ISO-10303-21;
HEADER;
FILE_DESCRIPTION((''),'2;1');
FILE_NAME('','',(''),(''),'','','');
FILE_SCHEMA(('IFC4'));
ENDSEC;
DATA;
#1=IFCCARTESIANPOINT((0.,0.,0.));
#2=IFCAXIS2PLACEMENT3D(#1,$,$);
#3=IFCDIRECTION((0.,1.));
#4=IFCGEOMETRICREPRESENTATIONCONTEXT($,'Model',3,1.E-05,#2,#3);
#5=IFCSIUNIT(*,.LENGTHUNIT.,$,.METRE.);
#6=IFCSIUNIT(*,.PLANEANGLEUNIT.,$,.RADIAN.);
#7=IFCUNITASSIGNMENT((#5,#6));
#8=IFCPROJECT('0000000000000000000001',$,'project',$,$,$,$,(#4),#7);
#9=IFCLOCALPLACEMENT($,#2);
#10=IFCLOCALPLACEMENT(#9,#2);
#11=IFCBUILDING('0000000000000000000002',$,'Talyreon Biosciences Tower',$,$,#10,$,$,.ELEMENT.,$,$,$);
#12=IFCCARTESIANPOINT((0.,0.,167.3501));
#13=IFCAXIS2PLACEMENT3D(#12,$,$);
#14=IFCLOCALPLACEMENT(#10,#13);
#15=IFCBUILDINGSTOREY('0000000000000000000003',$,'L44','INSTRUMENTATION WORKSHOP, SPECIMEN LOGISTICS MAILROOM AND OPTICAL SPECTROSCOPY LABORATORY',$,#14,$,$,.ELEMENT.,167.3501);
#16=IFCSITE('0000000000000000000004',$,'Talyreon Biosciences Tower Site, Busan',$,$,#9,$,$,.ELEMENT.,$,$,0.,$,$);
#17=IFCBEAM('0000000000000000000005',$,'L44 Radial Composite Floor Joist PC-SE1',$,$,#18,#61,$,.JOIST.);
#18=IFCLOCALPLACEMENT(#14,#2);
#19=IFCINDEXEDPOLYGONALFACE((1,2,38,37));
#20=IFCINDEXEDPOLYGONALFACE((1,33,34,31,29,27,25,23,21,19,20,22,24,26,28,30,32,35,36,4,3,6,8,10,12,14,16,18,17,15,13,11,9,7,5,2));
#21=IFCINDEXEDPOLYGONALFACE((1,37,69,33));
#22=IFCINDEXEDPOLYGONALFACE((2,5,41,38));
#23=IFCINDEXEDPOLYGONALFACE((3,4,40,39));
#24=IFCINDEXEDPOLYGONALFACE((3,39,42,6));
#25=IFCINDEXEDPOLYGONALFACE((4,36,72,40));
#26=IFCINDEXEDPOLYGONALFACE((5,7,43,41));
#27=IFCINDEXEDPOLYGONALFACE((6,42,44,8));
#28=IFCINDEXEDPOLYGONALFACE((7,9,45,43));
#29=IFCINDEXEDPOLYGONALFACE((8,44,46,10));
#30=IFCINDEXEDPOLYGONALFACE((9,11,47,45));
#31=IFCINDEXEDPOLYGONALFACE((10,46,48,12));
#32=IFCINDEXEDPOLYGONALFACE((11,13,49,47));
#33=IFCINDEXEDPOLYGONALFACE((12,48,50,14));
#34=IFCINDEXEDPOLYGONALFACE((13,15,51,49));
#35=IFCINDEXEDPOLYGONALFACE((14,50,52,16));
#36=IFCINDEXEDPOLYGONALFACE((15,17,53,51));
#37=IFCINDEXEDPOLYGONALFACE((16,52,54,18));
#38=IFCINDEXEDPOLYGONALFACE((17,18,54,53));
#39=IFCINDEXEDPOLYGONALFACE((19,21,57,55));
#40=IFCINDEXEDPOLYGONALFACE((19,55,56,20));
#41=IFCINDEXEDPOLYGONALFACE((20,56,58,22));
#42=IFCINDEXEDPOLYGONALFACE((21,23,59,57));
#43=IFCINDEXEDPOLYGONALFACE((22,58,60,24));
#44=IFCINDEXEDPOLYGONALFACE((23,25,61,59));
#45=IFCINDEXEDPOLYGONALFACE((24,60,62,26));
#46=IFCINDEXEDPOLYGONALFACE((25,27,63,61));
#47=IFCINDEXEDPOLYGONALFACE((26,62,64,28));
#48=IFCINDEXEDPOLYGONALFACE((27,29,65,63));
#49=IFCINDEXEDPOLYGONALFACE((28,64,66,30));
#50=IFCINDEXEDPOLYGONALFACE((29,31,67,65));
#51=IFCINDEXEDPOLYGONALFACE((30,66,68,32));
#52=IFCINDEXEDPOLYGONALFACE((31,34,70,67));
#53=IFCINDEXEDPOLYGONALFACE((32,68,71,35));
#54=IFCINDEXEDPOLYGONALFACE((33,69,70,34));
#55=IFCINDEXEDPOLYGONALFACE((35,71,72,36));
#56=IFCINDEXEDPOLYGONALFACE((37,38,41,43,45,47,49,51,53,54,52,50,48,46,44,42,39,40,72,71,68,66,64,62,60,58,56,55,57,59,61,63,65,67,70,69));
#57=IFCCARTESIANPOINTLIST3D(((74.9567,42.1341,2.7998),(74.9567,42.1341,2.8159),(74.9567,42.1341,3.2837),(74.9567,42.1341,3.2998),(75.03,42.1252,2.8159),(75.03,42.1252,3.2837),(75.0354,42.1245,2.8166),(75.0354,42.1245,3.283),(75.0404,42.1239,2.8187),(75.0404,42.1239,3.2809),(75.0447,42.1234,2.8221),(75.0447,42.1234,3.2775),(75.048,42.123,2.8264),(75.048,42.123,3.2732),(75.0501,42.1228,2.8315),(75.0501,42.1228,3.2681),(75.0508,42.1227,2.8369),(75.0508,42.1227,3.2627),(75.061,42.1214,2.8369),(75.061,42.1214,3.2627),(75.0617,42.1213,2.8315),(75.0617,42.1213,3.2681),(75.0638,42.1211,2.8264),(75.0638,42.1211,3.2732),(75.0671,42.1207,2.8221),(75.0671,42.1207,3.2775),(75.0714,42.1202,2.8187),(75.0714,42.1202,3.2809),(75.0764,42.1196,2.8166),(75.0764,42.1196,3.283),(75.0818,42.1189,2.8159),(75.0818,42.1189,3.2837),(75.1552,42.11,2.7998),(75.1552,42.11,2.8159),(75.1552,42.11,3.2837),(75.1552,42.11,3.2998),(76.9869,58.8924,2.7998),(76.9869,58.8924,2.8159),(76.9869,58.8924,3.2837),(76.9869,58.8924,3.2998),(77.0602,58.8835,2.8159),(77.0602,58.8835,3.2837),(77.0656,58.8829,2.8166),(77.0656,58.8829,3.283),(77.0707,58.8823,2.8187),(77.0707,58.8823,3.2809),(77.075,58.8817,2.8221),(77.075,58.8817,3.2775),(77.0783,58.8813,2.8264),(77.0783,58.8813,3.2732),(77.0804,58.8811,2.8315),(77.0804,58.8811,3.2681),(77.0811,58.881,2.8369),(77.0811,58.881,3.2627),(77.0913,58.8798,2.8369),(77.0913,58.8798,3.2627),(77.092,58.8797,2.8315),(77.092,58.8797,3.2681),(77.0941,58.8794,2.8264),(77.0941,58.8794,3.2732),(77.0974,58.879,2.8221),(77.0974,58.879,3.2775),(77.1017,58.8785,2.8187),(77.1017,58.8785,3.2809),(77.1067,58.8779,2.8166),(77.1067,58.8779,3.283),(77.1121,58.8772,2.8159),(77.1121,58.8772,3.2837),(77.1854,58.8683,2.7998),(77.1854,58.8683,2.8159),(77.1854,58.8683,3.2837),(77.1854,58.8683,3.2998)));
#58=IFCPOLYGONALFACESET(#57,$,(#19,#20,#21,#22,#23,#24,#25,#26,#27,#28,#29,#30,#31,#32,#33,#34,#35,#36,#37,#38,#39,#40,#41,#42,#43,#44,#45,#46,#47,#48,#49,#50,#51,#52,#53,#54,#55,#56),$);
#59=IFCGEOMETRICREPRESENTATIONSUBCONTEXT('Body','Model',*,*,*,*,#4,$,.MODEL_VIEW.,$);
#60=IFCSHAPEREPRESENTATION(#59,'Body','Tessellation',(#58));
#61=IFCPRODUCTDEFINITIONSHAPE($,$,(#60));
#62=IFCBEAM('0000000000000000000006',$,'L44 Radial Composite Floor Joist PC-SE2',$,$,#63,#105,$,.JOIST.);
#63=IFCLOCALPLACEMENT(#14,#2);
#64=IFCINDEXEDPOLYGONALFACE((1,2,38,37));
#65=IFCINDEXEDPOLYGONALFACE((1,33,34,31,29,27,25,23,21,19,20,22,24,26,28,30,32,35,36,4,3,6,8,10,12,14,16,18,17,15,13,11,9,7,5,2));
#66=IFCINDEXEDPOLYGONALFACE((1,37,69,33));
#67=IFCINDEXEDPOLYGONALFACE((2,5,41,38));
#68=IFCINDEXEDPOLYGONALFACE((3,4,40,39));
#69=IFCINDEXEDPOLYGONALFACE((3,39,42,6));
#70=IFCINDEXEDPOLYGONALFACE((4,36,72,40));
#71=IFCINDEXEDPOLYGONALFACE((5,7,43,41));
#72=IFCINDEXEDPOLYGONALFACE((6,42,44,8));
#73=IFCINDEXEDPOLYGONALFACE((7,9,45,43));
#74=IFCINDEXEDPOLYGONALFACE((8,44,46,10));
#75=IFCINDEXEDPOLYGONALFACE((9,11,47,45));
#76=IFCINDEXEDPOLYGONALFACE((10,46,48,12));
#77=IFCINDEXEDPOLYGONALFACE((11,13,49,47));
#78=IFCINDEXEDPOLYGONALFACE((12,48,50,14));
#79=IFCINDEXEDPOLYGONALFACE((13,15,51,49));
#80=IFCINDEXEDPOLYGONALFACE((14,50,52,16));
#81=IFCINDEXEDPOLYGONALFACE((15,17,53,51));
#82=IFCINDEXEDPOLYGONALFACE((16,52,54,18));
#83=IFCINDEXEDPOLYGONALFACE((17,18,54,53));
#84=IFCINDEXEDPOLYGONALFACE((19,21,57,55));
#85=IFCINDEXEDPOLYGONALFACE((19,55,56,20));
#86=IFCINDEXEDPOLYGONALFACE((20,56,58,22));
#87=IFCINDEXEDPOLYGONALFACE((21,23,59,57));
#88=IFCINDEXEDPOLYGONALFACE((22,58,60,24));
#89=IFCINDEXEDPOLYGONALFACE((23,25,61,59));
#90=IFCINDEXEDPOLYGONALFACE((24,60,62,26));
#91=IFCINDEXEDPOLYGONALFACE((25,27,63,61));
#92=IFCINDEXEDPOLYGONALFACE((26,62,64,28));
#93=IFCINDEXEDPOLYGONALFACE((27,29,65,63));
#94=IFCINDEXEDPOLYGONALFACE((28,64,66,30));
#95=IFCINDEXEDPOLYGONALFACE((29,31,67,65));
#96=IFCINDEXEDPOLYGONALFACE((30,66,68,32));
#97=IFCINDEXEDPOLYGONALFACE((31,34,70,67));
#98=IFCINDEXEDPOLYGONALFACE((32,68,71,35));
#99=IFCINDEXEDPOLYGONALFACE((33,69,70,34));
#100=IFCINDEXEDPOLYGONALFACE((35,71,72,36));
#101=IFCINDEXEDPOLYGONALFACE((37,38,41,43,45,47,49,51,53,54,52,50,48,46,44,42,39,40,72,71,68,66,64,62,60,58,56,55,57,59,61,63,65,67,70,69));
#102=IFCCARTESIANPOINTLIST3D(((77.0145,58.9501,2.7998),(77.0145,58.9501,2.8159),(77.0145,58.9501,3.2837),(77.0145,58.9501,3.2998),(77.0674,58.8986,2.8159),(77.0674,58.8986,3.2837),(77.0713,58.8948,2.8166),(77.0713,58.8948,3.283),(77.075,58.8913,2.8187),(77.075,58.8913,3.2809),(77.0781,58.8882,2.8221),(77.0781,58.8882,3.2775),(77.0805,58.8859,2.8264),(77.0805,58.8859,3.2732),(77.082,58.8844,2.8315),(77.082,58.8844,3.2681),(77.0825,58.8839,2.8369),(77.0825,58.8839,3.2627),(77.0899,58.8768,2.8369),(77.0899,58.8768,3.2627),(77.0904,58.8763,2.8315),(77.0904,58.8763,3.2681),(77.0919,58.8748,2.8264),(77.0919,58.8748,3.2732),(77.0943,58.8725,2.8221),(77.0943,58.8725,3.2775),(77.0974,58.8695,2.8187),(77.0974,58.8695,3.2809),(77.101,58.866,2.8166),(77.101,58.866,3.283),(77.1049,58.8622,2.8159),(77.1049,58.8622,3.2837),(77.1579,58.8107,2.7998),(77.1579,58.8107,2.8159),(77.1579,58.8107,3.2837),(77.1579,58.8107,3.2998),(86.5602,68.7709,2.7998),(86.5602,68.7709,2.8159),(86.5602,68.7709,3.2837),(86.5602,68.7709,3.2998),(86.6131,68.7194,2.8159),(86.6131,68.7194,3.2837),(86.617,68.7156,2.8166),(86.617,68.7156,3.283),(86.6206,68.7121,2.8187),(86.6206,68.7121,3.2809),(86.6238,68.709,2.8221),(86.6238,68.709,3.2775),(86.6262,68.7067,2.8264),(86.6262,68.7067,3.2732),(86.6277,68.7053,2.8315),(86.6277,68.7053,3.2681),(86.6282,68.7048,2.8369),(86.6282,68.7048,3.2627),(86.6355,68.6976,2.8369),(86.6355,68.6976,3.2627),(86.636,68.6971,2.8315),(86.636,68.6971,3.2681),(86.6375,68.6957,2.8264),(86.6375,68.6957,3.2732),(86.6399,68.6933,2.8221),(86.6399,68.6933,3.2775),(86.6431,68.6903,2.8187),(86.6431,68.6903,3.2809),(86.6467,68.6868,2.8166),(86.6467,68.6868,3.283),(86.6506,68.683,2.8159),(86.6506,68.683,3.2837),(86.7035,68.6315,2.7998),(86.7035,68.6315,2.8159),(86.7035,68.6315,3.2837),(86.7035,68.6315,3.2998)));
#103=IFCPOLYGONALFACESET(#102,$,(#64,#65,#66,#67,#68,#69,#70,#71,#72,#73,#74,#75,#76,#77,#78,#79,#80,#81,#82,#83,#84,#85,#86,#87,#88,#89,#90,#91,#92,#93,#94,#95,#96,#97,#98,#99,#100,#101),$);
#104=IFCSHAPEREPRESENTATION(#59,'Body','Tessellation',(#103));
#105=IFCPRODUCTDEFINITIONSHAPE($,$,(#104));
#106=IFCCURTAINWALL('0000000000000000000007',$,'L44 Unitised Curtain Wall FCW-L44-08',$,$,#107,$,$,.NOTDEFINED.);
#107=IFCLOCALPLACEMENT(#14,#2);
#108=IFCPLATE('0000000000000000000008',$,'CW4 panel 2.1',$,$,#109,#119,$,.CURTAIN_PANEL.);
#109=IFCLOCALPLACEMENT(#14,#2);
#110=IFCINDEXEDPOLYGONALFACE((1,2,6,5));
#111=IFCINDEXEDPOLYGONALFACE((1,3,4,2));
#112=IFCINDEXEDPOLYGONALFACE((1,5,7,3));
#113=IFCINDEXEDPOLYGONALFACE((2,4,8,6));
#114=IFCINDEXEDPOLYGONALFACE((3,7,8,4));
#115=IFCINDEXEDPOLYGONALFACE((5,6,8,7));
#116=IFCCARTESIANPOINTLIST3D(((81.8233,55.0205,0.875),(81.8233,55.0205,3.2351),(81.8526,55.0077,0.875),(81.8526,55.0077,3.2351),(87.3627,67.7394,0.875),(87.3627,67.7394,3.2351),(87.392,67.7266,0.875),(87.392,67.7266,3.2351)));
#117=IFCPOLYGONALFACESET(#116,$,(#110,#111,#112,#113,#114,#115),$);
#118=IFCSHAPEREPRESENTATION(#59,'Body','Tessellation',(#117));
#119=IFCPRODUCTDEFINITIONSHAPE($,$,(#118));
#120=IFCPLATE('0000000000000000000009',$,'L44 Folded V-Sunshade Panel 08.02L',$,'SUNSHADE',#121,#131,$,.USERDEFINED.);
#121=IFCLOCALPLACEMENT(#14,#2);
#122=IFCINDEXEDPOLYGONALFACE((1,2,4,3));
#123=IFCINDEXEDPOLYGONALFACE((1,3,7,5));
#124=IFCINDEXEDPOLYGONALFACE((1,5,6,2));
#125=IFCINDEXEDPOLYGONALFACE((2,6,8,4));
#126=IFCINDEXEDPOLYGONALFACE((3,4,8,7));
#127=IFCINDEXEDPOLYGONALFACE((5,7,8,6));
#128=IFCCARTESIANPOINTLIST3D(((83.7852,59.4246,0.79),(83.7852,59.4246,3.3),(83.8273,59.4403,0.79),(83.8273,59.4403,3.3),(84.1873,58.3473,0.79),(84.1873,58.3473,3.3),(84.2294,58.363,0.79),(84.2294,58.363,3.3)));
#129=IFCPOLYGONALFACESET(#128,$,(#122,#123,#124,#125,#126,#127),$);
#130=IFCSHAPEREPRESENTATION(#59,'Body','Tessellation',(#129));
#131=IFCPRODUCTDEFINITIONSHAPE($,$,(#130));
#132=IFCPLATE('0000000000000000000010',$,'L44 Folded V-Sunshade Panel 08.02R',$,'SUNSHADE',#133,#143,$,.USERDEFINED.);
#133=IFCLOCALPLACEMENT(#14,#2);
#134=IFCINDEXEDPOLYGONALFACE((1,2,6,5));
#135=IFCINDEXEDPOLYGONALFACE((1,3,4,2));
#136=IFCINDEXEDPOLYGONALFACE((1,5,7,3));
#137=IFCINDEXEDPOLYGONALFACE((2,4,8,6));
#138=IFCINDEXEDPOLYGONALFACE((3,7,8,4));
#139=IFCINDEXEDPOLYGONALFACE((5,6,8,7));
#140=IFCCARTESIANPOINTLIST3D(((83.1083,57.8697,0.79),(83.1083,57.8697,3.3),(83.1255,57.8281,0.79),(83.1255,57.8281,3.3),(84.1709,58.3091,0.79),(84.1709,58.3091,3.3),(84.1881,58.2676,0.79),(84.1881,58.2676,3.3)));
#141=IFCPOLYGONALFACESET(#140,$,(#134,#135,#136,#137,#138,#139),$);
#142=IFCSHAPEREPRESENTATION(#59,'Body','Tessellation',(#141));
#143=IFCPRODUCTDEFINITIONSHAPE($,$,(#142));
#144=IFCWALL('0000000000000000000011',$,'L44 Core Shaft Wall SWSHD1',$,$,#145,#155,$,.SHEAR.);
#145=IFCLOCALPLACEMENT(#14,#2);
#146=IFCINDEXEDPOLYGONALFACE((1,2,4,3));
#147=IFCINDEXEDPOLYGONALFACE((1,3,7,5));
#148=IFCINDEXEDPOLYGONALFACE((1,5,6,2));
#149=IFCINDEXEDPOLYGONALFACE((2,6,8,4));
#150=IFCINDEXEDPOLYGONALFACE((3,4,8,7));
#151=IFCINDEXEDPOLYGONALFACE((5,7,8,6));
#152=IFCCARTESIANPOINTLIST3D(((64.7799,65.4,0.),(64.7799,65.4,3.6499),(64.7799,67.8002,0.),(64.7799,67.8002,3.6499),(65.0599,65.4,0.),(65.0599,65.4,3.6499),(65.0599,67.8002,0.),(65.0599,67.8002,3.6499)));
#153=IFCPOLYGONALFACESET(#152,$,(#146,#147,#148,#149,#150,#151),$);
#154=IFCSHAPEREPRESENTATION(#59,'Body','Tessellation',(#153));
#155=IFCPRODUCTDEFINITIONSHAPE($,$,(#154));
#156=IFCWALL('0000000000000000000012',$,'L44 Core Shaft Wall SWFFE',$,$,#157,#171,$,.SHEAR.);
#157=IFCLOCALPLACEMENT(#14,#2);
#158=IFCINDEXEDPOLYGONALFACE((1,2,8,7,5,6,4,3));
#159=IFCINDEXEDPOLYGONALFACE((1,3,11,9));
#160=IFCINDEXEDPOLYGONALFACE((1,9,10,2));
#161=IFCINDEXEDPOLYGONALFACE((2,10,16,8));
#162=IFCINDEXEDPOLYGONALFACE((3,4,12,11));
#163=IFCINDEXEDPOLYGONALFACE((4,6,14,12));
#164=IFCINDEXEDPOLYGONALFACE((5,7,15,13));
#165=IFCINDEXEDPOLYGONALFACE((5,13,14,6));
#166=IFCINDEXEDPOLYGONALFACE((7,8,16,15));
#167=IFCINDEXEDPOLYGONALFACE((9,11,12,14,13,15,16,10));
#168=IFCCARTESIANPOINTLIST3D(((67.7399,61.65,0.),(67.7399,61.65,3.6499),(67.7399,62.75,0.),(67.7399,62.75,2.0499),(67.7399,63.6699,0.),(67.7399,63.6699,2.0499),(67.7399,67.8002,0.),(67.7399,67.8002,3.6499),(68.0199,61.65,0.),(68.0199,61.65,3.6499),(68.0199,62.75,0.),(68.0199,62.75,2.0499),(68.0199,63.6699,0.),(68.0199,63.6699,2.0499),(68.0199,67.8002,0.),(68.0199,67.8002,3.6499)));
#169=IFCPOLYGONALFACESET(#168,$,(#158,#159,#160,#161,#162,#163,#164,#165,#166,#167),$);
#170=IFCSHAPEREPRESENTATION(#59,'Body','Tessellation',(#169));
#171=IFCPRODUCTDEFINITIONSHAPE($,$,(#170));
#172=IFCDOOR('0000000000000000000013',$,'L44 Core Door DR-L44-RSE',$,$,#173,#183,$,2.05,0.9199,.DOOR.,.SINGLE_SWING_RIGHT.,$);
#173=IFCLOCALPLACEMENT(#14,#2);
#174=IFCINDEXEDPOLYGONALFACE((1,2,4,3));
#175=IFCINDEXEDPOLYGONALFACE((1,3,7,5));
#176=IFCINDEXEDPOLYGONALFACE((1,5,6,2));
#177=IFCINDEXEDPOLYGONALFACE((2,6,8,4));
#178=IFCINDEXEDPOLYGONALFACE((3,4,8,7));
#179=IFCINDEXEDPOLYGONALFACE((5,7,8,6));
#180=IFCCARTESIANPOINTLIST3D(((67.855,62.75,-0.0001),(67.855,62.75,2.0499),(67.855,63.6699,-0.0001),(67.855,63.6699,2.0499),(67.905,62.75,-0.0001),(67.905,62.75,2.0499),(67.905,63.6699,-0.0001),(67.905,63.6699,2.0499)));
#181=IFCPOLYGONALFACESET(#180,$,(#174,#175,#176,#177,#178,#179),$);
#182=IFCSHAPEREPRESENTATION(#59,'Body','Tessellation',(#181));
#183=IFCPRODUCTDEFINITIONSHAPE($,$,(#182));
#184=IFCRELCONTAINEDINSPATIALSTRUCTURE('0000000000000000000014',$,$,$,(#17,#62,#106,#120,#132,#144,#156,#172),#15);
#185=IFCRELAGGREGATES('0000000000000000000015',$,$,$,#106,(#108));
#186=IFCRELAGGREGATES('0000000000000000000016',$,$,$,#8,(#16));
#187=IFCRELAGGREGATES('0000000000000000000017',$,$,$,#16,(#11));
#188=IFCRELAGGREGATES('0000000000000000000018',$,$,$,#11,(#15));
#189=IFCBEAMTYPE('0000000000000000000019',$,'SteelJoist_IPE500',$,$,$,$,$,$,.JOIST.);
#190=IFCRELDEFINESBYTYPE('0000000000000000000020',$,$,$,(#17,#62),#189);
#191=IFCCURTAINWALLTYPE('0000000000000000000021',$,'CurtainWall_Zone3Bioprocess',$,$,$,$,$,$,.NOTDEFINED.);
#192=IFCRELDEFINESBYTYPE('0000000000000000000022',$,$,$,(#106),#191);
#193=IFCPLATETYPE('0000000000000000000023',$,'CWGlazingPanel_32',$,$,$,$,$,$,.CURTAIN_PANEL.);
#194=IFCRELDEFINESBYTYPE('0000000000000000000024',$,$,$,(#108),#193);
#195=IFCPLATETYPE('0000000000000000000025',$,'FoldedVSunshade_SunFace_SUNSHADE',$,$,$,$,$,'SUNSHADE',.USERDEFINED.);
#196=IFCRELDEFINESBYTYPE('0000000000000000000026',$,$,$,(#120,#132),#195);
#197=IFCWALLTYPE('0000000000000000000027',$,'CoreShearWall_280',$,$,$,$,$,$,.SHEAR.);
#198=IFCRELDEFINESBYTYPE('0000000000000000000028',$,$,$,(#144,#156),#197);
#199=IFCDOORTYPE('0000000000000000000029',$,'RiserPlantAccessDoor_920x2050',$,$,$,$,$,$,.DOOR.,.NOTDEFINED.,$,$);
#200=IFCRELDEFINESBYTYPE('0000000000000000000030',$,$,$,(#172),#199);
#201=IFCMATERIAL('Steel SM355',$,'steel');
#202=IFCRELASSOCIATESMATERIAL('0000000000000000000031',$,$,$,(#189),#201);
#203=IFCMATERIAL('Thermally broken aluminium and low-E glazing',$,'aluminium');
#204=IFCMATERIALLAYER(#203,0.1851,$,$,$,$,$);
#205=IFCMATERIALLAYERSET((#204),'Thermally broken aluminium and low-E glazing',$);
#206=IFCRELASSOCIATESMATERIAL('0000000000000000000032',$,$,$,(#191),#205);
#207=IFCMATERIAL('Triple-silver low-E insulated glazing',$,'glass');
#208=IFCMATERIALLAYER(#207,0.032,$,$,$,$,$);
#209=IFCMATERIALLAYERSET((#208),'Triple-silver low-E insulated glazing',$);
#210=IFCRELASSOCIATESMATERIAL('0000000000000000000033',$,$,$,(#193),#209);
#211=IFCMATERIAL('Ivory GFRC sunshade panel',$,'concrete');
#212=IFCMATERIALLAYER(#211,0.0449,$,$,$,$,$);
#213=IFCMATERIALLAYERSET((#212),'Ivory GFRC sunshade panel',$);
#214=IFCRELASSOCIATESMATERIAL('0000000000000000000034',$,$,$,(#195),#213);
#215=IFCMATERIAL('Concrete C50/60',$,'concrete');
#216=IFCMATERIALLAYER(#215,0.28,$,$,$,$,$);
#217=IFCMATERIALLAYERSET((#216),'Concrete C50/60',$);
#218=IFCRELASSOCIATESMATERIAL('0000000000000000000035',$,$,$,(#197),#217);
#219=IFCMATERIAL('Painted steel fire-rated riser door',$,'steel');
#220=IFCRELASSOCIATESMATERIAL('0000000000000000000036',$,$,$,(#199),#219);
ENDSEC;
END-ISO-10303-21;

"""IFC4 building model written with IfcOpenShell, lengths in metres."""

from ifc_helpers import new_model, si_unit, direction, frame, frame_2d, origin, origin_2d, place, context, subcontext, project, spatial, rectangle, i_section, extrude, material, layer, layer_set, material_profile, profile_set, type_object, element, fill, aggregate, save


model = new_model("IFC4")

# Units and contexts
model_context = context("Model", 3, precision=1e-05, world=origin(), true_north=direction((0.0, 1.0)))
body_context = subcontext(model_context, "Body", "Model", "MODEL_VIEW")
ifc_project = project(units=[si_unit("LENGTHUNIT", "METRE"), si_unit("PLANEANGLEUNIT", "RADIAN")], contexts=[model_context])

# Site, building, storey
site_placement = place(None, origin())
site = spatial("IfcSite", under=ifc_project, at=site_placement, Name="Talyreon Biosciences Tower Site, Busan", CompositionType="ELEMENT", RefElevation=0.0)
building_placement = place(site_placement, origin())
building = spatial("IfcBuilding", under=site, at=building_placement, Name="Talyreon Biosciences Tower", CompositionType="ELEMENT")
storey_placement = place(building_placement, frame((0.0, 0.0, 167.3501)))
storey = spatial("IfcBuildingStorey", under=building, at=storey_placement, Name="L44", Description="INSTRUMENTATION WORKSHOP, SPECIMEN LOGISTICS MAILROOM AND OPTICAL SPECTROSCOPY LABORATORY", CompositionType="ELEMENT", Elevation=167.3501)

# Shared definitions
ifc_material_1 = material(Name="Concrete C50/60", Category="concrete")

# Beams
ifc_material_2 = material(Name="Steel SM355", Category="steel")
ifc_material_profile_1 = material_profile(ifc_material_2, i_section(OverallWidth=0.2, OverallDepth=0.5, WebThickness=0.0103, FlangeThickness=0.0161, FilletRadius=0.021, at=origin_2d()), Name="IPE500")
ifc_profile_set_1 = profile_set([ifc_material_profile_1], Name="Steel SM355")
beam_type_1 = type_object("IfcBeamType", Name="SteelJoist_IPE500", PredefinedType="JOIST", material=ifc_profile_set_1)
beam_1_placement = place(storey_placement, frame((77.0862, 58.8804, 3.0498), z_axis=(-0.120271, -0.992741, 0.0), x_axis=(0.992741, -0.120271, 0.0)))
element("IfcBeam", 1, at=beam_1_placement, inside=storey, type_object=beam_type_1, Name="L44 Radial Composite Floor Joist PC-SE1", PredefinedType="JOIST", context=body_context, shape_type="SweptSolid", body=[
    extrude(i_section(OverallWidth=0.2, OverallDepth=0.5, WebThickness=0.0103, FlangeThickness=0.0161, FilletRadius=0.021, at=origin_2d()), origin(), (0.0, 0.0, 1.0), 16.8809),
])
beam_2_placement = place(storey_placement, frame((77.0862, 58.8804, 3.0498), z_axis=(0.69699, 0.717081, 0.0), x_axis=(-0.717081, 0.69699, 0.0)))
element("IfcBeam", 2, at=beam_2_placement, inside=storey, type_object=beam_type_1, Name="L44 Radial Composite Floor Joist PC-SE2", PredefinedType="JOIST", context=body_context, shape_type="SweptSolid", body=[
    extrude(i_section(OverallWidth=0.2, OverallDepth=0.5, WebThickness=0.0103, FlangeThickness=0.0161, FilletRadius=0.021, at=origin_2d()), origin(), (0.0, 0.0, 1.0), 13.6956),
])

# Curtain wall, plate
ifc_material_3 = material(Name="Thermally broken aluminium and low-E glazing", Category="aluminium")
ifc_layer_1 = layer(ifc_material_3, 0.1851)
ifc_layer_set_1 = layer_set([ifc_layer_1], Name="Thermally broken aluminium and low-E glazing")
curtain_wall_type = type_object("IfcCurtainWallType", Name="CurtainWall_Zone3Bioprocess", PredefinedType="NOTDEFINED", material=ifc_layer_set_1)
curtain_wall_placement = place(storey_placement, origin())
curtain_wall = element("IfcCurtainWall", 3, at=curtain_wall_placement, inside=storey, type_object=curtain_wall_type, Name="L44 Unitised Curtain Wall FCW-L44-08", PredefinedType="NOTDEFINED")
ifc_material_4 = material(Name="Triple-silver low-E insulated glazing", Category="glass")
ifc_layer_2 = layer(ifc_material_4, 0.032)
ifc_layer_set_2 = layer_set([ifc_layer_2], Name="Triple-silver low-E insulated glazing")
plate_type_1 = type_object("IfcPlateType", Name="CWGlazingPanel_32", PredefinedType="CURTAIN_PANEL", material=ifc_layer_set_2)
plate_placement = place(storey_placement, frame((84.6077, 61.3735, 0.875), z_axis=(0.0, 0.0, 1.0), x_axis=(-0.3993, -0.91682, 0.0)))
plate = element("IfcPlate", 4, at=plate_placement, type_object=plate_type_1, Name="CW4 panel 2.1", PredefinedType="CURTAIN_PANEL", context=body_context, shape_type="SweptSolid", body=[
    extrude(rectangle(XDim=13.8728, YDim=0.032, at=origin_2d()), origin(), (0.0, 0.0, 1.0), 2.3601),
])
aggregate(curtain_wall, [plate])

# Plates
ifc_material_5 = material(Name="Ivory GFRC sunshade panel", Category="concrete")
ifc_layer_3 = layer(ifc_material_5, 0.0449)
ifc_layer_set_3 = layer_set([ifc_layer_3], Name="Ivory GFRC sunshade panel")
plate_type_2 = type_object("IfcPlateType", Name="FoldedVSunshade_SunFace_SUNSHADE", ElementType="SUNSHADE", PredefinedType="USERDEFINED", material=ifc_layer_set_3)
for number, where, z_axis, x_axis, name in (
    (5, (84.0073, 58.8938, 0.79), (0.0, 0.0, 1.0), (0.349651, -0.93688, 0.0), "L44 Folded V-Sunshade Panel 08.02L"),
    (6, (83.6482, 58.0686, 0.79), (0.0, 0.0, 1.0), (-0.924106, -0.382135, 0.0), "L44 Folded V-Sunshade Panel 08.02R"),
):
    element("IfcPlate", number, at=place(storey_placement, frame(where, z_axis=z_axis, x_axis=x_axis)), inside=storey, type_object=plate_type_2, Name=name, ObjectType="SUNSHADE", PredefinedType="USERDEFINED", context=body_context, shape_type="SweptSolid", body=[
        extrude(rectangle(XDim=1.1499, YDim=0.0449, at=origin_2d()), origin(), (0.0, 0.0, 1.0), 2.51),
    ])

# Wall
ifc_layer_4 = layer(ifc_material_1, 0.28)
ifc_layer_set_4 = layer_set([ifc_layer_4], Name="Concrete C50/60")
wall_type_1 = type_object("IfcWallType", Name="CoreShearWall_280", PredefinedType="SHEAR", material=ifc_layer_set_4)
wall_1_placement = place(storey_placement, frame((64.9199, 65.3999, 0.0), z_axis=(0.0, 0.0, 1.0), x_axis=(0.0, 1.0, 0.0)))
element("IfcWall", 7, at=wall_1_placement, inside=storey, type_object=wall_type_1, Name="L44 Core Shaft Wall SWSHD1", PredefinedType="SHEAR", context=body_context, shape_type="SweptSolid", body=[
    extrude(rectangle(XDim=2.4001, YDim=0.28, at=frame_2d((1.2002, 0.0))), origin(), (0.0, 0.0, 1.0), 3.6499),
])

# Wall, opening, door
wall_2_placement = place(storey_placement, frame((67.8799, 61.6499, 0.0), z_axis=(0.0, 0.0, 1.0), x_axis=(0.0, 1.0, 0.0)))
wall_2 = element("IfcWall", 8, at=wall_2_placement, inside=storey, type_object=wall_type_1, Name="L44 Core Shaft Wall SWFFE", PredefinedType="SHEAR", context=body_context, shape_type="SweptSolid", body=[
    extrude(rectangle(XDim=6.1501, YDim=0.28, at=frame_2d((3.0752, 0.0))), origin(), (0.0, 0.0, 1.0), 3.6499),
])
opening_1_placement = place(wall_2_placement, frame((1.1001, 0.0, 0.0)))
opening_1 = element("IfcOpeningElement", 9, at=opening_1_placement, cuts=wall_2, PredefinedType="OPENING", context=body_context, shape_type="SweptSolid", body=[
    extrude(rectangle(XDim=0.9199, YDim=2.05, at=frame_2d((0.46, 1.0249))), frame((0.0, 0.1499, 0.0), z_axis=(0.0, -1.0, 0.0), x_axis=(1.0, 0.0, 0.0)), (0.0, 0.0, 1.0), 0.3),
])
ifc_material_6 = material(Name="Painted steel fire-rated riser door", Category="steel")
door_type = type_object("IfcDoorType", Name="RiserPlantAccessDoor_920x2050", OperationType="NOTDEFINED", PredefinedType="DOOR", material=ifc_material_6)
door_1_placement = place(opening_1_placement, origin())
door_1 = element("IfcDoor", 10, at=door_1_placement, inside=storey, type_object=door_type, Name="L44 Core Door DR-L44-RSE", OperationType="SINGLE_SWING_RIGHT", OverallHeight=2.05, OverallWidth=0.9199, PredefinedType="DOOR", context=body_context, shape_type="SweptSolid", body=[
    extrude(rectangle(XDim=0.9199, YDim=2.05, at=frame_2d((0.46, 1.0249))), frame((0.0, 0.0249, 0.0), z_axis=(0.0, -1.0, 0.0), x_axis=(1.0, 0.0, 0.0)), (0.0, 0.0, 1.0), 0.05),
])
fill(opening_1, door_1)

save(model, "model.ifc")
